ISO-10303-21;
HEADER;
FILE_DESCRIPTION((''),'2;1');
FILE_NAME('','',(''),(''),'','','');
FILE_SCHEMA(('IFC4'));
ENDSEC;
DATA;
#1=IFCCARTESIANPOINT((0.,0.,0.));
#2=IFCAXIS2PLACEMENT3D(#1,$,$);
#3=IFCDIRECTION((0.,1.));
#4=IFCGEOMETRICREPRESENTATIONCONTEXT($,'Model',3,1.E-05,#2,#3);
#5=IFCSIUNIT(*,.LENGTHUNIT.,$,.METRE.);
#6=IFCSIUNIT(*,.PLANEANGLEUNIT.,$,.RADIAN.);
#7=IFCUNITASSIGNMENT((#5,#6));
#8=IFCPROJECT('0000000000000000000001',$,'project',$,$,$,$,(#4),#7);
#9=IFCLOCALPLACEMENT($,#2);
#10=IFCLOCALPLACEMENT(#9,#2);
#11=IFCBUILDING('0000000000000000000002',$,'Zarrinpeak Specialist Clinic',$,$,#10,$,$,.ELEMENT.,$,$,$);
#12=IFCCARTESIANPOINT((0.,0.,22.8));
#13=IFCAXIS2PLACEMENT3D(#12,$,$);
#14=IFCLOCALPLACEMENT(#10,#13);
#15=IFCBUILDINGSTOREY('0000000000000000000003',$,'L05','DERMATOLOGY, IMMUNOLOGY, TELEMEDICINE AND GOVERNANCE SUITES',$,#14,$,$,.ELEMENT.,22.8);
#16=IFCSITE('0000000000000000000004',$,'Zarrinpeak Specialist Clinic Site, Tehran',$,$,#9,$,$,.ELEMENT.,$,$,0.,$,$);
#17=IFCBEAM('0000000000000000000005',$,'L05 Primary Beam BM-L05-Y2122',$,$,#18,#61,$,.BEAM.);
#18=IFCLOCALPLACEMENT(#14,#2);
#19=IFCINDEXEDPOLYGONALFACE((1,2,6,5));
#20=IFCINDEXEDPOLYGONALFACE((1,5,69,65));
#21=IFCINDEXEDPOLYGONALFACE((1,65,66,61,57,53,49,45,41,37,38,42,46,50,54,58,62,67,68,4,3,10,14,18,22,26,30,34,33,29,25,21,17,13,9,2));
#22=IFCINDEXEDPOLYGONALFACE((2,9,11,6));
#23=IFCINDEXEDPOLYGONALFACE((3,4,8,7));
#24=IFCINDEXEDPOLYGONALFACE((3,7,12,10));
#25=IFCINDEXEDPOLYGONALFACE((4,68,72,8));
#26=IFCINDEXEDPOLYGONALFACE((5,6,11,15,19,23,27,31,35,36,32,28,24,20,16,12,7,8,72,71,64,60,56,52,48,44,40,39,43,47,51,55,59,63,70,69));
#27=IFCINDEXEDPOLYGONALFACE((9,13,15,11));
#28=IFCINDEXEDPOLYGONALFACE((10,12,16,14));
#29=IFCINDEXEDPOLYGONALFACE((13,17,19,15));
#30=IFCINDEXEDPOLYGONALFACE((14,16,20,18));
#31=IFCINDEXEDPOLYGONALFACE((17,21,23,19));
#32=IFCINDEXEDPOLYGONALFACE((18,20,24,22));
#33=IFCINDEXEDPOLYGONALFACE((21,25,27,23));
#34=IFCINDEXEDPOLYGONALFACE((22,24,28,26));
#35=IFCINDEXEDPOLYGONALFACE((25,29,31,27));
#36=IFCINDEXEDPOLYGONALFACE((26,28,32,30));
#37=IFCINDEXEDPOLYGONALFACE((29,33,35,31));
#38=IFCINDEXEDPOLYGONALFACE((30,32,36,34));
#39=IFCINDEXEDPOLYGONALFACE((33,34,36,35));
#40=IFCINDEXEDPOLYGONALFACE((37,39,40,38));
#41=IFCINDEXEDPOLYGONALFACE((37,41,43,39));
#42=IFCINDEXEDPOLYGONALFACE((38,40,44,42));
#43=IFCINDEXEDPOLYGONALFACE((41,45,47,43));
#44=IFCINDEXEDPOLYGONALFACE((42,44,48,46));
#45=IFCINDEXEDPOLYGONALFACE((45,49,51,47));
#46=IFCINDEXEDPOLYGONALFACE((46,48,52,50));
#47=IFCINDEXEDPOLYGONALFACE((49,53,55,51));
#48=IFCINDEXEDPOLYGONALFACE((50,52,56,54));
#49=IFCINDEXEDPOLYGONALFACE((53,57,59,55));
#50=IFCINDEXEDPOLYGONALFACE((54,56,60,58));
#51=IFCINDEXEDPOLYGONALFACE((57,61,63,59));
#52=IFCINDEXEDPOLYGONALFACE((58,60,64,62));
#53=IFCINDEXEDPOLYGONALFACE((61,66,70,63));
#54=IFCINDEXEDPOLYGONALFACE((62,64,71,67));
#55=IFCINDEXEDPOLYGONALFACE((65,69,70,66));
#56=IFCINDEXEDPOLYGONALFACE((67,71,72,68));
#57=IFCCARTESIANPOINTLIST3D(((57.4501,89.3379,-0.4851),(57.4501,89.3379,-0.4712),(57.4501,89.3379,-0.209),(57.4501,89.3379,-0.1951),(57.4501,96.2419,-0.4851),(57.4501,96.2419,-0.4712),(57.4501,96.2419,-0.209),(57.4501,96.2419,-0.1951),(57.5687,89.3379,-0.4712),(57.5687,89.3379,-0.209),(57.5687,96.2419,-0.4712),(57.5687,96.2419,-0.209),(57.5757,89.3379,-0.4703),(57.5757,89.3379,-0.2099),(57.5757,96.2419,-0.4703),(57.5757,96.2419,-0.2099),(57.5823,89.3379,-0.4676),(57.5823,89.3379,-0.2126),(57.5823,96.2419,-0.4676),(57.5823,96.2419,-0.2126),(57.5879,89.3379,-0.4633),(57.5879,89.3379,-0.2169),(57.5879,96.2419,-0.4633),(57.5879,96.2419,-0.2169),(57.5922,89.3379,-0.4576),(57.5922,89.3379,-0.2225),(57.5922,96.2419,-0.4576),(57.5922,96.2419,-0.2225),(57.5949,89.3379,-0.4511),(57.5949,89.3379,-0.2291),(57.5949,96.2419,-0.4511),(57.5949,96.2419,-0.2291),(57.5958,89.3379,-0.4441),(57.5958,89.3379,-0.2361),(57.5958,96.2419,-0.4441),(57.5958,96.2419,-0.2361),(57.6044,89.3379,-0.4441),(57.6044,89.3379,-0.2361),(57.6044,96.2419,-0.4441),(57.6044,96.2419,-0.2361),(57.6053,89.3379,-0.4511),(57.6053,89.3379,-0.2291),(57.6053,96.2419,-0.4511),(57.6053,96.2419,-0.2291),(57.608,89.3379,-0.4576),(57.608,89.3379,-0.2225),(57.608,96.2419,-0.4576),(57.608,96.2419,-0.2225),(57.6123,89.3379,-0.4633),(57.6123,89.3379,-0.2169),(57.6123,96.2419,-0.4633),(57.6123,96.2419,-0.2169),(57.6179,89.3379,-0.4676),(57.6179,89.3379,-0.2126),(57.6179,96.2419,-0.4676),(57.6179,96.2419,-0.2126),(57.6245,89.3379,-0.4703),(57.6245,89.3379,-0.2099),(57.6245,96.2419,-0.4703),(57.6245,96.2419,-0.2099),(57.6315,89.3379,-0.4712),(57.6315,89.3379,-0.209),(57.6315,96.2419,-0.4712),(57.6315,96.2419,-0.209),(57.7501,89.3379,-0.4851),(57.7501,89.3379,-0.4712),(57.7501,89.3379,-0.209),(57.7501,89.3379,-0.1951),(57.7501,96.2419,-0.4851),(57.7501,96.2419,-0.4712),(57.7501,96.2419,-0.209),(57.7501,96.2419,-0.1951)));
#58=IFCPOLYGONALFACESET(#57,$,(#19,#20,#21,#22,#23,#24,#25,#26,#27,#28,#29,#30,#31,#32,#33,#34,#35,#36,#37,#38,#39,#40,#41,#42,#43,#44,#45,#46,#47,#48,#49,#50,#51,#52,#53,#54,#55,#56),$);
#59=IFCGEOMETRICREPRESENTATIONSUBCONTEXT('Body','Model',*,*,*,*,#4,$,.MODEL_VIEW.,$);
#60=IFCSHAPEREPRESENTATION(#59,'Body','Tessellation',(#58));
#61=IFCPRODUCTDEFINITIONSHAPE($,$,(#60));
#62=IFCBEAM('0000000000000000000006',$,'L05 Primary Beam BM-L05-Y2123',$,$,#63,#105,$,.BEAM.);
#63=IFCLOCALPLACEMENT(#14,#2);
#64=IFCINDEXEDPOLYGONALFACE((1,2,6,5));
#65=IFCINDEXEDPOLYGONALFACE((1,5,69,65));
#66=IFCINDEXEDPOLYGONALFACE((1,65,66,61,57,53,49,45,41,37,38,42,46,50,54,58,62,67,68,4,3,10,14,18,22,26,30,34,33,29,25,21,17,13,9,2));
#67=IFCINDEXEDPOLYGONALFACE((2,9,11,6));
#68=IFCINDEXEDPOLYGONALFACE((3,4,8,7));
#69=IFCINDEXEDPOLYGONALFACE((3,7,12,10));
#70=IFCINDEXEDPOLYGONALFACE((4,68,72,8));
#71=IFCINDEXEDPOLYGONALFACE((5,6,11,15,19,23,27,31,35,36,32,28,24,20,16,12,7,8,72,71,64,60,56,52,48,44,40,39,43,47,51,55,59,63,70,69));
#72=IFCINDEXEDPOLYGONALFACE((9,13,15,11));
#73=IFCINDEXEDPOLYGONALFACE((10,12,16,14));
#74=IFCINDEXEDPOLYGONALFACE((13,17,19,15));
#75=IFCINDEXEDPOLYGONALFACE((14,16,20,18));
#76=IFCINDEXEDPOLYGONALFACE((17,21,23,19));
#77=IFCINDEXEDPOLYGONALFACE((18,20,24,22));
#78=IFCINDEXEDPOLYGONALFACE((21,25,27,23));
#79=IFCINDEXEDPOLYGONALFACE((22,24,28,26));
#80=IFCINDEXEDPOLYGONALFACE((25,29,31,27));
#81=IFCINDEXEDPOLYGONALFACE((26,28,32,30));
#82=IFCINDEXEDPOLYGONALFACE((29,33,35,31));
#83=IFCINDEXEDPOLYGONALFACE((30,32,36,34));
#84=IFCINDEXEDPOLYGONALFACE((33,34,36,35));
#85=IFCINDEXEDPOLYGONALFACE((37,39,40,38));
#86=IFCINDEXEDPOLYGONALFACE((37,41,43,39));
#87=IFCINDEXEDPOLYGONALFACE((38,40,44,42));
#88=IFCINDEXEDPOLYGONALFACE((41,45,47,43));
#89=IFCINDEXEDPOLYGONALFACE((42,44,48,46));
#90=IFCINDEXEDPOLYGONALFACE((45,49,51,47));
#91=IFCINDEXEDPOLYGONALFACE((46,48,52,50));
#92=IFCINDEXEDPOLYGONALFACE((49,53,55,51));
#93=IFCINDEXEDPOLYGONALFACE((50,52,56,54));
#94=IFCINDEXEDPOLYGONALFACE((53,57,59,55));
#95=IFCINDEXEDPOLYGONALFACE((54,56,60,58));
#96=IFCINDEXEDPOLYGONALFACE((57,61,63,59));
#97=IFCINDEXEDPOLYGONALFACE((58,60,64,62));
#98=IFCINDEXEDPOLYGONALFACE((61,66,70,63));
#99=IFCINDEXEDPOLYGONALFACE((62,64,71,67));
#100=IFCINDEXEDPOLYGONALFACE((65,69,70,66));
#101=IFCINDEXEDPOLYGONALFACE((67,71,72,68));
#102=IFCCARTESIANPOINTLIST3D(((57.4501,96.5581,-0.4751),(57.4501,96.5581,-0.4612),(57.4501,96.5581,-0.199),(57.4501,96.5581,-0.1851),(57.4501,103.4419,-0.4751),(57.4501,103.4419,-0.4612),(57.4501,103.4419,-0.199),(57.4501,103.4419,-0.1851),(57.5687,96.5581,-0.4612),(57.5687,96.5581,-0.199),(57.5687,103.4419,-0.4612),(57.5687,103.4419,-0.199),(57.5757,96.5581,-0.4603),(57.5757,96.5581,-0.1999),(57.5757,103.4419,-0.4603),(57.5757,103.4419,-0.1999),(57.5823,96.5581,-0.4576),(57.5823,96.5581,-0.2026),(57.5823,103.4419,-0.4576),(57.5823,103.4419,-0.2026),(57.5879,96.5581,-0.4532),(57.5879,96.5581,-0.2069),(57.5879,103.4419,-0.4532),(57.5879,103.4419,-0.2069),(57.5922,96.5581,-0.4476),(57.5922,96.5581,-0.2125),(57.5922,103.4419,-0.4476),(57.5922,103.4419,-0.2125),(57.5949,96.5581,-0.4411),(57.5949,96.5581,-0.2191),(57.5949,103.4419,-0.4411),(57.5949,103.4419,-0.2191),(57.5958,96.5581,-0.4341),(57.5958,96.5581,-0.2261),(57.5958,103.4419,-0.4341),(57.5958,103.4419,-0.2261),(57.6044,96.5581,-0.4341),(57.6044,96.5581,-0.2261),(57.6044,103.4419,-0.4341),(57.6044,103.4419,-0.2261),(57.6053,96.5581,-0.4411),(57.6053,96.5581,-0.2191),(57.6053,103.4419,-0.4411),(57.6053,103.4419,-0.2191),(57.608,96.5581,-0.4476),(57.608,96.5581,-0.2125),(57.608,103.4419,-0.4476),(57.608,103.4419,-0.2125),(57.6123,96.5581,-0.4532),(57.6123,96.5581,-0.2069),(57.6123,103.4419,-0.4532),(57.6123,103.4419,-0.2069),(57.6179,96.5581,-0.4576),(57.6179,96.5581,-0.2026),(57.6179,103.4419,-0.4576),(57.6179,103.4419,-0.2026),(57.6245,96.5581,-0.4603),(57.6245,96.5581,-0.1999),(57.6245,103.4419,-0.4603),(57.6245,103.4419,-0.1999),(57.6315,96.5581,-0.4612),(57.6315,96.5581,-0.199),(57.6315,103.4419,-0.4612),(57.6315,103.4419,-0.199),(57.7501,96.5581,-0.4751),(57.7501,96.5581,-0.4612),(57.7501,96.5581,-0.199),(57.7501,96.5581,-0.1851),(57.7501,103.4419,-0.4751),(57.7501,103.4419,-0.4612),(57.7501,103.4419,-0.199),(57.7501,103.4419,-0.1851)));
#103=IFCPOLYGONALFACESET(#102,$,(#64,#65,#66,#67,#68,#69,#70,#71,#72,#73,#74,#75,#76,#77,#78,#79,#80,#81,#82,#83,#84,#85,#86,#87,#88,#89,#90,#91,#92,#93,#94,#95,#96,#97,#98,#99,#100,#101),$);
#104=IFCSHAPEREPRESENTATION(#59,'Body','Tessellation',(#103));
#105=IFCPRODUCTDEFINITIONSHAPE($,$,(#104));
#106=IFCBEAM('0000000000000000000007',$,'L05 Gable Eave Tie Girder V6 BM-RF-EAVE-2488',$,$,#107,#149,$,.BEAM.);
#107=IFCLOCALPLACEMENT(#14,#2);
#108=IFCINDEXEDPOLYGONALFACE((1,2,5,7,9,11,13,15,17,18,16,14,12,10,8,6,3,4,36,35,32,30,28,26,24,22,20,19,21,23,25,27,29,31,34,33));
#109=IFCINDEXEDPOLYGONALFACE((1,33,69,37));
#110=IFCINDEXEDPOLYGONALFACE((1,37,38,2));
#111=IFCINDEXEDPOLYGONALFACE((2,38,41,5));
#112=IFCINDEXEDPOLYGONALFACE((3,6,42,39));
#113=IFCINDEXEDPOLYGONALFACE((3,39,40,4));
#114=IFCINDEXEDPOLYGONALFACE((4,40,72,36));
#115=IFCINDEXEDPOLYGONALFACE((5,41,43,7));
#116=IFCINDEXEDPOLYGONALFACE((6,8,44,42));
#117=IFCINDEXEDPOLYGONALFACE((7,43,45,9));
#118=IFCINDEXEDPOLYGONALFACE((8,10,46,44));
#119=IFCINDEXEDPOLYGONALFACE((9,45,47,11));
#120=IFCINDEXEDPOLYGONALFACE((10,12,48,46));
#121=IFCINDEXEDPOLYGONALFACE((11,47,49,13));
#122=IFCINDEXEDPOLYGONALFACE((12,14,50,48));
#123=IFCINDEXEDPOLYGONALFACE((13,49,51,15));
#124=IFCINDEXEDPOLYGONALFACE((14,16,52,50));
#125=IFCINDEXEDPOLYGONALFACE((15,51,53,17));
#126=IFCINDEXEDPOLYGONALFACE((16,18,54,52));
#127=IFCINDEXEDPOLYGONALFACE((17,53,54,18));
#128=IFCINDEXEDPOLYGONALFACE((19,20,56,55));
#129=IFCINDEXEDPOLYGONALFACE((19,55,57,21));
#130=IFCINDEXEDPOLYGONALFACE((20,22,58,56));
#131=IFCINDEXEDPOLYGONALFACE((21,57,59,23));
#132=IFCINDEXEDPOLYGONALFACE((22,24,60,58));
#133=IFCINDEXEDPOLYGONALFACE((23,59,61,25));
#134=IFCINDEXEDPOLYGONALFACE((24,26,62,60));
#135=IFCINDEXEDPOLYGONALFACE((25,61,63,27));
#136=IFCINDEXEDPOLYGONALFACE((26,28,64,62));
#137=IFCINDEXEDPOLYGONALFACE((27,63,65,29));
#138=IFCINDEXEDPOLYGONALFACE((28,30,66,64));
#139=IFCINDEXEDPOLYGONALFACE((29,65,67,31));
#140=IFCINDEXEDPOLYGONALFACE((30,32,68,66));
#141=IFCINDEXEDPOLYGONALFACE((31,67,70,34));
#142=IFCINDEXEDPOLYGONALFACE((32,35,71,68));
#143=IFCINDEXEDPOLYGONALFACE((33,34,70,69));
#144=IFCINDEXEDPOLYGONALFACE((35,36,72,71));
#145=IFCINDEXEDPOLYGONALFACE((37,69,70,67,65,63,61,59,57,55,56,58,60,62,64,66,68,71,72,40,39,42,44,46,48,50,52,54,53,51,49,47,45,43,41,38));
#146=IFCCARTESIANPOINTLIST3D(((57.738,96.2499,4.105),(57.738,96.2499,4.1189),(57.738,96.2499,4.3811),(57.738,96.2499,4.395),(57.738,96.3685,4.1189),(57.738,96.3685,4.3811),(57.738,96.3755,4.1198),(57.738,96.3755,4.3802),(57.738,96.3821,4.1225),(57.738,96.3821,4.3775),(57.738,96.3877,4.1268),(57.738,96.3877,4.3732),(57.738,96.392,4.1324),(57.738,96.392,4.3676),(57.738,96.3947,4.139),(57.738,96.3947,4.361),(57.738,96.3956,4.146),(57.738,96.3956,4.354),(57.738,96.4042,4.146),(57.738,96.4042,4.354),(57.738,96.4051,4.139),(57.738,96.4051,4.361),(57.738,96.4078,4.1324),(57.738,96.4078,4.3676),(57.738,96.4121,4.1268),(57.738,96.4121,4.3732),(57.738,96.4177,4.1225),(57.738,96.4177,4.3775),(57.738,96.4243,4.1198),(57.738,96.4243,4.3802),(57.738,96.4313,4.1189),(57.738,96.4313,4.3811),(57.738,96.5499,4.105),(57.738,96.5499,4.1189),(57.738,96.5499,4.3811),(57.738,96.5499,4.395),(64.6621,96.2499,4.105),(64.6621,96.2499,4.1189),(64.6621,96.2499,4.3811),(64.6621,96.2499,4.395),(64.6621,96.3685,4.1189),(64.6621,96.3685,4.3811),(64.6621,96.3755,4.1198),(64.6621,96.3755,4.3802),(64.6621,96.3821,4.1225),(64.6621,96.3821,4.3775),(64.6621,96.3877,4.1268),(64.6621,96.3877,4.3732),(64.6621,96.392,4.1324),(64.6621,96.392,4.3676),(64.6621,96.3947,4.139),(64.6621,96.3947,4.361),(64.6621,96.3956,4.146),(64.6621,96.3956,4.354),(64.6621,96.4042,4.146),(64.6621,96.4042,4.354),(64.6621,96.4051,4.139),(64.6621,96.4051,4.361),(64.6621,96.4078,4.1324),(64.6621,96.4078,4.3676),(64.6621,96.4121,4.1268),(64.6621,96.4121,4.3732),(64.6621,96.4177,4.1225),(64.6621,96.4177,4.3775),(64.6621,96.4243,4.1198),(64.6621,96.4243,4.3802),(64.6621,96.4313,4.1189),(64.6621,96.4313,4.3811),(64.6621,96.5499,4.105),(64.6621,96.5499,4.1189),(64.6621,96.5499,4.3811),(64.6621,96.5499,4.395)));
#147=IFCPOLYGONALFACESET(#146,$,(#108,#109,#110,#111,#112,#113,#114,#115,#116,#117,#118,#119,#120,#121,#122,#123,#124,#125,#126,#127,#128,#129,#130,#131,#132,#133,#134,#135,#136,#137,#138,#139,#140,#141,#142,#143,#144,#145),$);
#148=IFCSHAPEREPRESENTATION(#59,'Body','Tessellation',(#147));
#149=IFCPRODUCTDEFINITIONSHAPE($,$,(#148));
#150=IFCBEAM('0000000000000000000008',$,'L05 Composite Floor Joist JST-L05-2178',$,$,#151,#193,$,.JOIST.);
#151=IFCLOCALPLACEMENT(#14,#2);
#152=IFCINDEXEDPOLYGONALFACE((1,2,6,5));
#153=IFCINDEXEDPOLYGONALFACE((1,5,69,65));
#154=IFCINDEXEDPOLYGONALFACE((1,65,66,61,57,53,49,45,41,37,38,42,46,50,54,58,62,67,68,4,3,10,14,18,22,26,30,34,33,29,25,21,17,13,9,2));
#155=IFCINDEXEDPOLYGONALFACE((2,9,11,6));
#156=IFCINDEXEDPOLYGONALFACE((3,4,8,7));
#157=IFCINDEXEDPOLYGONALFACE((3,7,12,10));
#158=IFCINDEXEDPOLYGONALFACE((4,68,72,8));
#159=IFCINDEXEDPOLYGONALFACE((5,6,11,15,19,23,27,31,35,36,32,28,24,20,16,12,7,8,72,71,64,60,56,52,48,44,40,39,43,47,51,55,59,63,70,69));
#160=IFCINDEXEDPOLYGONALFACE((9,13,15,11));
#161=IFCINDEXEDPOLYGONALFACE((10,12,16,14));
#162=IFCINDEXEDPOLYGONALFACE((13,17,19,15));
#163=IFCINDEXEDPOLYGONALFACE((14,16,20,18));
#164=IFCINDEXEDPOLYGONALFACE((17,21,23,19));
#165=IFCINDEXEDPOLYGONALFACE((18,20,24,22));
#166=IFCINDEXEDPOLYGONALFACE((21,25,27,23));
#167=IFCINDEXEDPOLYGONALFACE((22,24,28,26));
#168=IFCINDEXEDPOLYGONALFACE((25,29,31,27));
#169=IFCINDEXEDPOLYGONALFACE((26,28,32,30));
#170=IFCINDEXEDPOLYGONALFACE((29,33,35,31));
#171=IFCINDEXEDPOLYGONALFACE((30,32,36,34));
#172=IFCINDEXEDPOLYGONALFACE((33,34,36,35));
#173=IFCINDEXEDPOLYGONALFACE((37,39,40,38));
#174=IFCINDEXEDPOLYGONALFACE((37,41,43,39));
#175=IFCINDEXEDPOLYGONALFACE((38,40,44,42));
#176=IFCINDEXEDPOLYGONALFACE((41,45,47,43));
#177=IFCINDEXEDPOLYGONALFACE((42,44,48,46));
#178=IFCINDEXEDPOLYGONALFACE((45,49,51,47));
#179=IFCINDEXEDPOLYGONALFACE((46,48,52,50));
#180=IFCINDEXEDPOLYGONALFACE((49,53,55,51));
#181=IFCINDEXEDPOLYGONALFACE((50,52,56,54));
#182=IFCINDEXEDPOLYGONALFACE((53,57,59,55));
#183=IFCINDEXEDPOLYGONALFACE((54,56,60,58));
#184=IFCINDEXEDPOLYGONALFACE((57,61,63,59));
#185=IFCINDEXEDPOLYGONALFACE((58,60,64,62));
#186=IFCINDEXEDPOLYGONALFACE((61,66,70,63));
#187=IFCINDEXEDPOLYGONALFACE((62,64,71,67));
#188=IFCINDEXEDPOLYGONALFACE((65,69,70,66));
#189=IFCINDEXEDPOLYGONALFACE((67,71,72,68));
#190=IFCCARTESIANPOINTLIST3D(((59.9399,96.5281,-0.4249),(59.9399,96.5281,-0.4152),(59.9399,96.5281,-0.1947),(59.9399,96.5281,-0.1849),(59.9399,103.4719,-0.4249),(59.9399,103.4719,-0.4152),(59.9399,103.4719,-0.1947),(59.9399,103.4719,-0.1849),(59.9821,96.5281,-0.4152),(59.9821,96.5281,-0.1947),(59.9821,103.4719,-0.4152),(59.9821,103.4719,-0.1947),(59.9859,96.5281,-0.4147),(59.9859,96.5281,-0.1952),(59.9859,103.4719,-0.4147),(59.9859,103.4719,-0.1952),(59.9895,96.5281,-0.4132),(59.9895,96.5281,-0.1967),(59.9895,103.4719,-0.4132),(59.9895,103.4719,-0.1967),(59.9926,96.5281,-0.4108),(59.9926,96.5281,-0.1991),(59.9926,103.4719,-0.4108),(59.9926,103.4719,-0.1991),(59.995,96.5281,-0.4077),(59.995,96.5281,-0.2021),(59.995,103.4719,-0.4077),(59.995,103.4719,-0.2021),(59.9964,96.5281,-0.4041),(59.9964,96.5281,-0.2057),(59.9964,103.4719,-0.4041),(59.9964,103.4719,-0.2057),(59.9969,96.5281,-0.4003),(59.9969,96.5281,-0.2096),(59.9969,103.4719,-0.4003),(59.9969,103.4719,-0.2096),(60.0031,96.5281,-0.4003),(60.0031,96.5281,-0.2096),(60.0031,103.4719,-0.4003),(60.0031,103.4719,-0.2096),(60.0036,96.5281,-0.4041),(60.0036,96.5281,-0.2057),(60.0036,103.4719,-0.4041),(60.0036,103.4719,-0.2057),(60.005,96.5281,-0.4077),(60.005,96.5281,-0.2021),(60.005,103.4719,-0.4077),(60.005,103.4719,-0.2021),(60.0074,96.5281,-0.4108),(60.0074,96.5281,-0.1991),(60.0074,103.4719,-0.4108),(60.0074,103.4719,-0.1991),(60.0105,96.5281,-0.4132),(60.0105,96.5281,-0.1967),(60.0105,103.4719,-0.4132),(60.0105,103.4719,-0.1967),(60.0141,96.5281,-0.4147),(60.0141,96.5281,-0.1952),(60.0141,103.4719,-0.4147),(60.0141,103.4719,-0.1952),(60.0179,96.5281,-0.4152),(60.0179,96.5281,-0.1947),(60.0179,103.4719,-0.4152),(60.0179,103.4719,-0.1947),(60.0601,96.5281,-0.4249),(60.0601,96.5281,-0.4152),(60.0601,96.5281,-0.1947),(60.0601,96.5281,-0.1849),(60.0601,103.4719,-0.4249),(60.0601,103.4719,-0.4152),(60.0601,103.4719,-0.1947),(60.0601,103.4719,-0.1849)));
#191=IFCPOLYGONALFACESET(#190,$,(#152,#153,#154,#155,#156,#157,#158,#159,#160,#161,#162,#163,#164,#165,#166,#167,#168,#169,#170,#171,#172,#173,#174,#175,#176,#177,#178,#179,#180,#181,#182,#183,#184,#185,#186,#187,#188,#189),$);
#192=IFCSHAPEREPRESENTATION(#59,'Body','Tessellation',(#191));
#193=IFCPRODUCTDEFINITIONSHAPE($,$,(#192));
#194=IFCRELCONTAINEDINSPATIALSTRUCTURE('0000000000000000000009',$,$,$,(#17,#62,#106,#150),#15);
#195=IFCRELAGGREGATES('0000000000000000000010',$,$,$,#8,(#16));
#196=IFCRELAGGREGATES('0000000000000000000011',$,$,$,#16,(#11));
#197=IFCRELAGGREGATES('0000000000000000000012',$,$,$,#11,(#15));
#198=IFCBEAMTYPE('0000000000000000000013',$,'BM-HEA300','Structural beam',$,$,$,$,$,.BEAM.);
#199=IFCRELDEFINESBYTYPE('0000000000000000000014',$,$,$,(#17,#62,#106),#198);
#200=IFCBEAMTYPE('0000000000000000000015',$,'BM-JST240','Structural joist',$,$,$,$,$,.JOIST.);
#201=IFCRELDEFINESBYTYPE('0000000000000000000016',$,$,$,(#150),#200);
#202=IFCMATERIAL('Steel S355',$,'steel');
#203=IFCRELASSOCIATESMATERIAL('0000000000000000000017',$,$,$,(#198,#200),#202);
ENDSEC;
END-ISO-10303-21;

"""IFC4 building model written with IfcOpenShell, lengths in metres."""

from ifc_helpers import new_model, si_unit, direction, frame, origin, origin_2d, place, context, subcontext, project, spatial, i_section, extrude, material, material_profile, profile_set, type_object, element, save


model = new_model("IFC4")

# Units and contexts
model_context = context("Model", 3, precision=1e-05, world=origin(), true_north=direction((0.0, 1.0)))
body_context = subcontext(model_context, "Body", "Model", "MODEL_VIEW")
ifc_project = project(units=[si_unit("LENGTHUNIT", "METRE"), si_unit("PLANEANGLEUNIT", "RADIAN")], contexts=[model_context])

# Site, building, storey
site_placement = place(None, origin())
site = spatial("IfcSite", under=ifc_project, at=site_placement, Name="Zarrinpeak Specialist Clinic Site, Tehran", CompositionType="ELEMENT", RefElevation=0.0)
building_placement = place(site_placement, origin())
building = spatial("IfcBuilding", under=site, at=building_placement, Name="Zarrinpeak Specialist Clinic", CompositionType="ELEMENT")
storey_placement = place(building_placement, frame((0.0, 0.0, 22.8)))
storey = spatial("IfcBuildingStorey", under=building, at=storey_placement, Name="L05", Description="DERMATOLOGY, IMMUNOLOGY, TELEMEDICINE AND GOVERNANCE SUITES", CompositionType="ELEMENT", Elevation=22.8)

# Shared definitions
ifc_material_1 = material(Name="Steel S355", Category="steel")

# Beams
ifc_material_profile_1 = material_profile(ifc_material_1, i_section(OverallWidth=0.3, OverallDepth=0.29, WebThickness=0.0085, FlangeThickness=0.0139, FilletRadius=0.0271, at=origin_2d()), Name="HEA 300")
ifc_profile_set_1 = profile_set([ifc_material_profile_1], Name="Steel S355")
beam_type_1 = type_object("IfcBeamType", Name="BM-HEA300", Description="Structural beam", PredefinedType="BEAM", material=ifc_profile_set_1)
beam_1_placement = place(storey_placement, frame((57.6001, 89.3379, -0.3401), z_axis=(0.0, 1.0, 0.0), x_axis=(-1.0, 0.0, 0.0)))
element("IfcBeam", 1, at=beam_1_placement, inside=storey, type_object=beam_type_1, Name="L05 Primary Beam BM-L05-Y2122", PredefinedType="BEAM", context=body_context, shape_type="SweptSolid", body=[
    extrude(i_section(OverallWidth=0.3, OverallDepth=0.29, WebThickness=0.0085, FlangeThickness=0.0139, FilletRadius=0.0271, at=origin_2d()), origin(), (0.0, 0.0, 1.0), 6.9041),
])
beam_2_placement = place(storey_placement, frame((57.6001, 96.5581, -0.3301), z_axis=(0.0, 1.0, 0.0), x_axis=(-1.0, 0.0, 0.0)))
element("IfcBeam", 2, at=beam_2_placement, inside=storey, type_object=beam_type_1, Name="L05 Primary Beam BM-L05-Y2123", PredefinedType="BEAM", context=body_context, shape_type="SweptSolid", body=[
    extrude(i_section(OverallWidth=0.3, OverallDepth=0.29, WebThickness=0.0085, FlangeThickness=0.0139, FilletRadius=0.0271, at=origin_2d()), origin(), (0.0, 0.0, 1.0), 6.8838),
])
beam_3_placement = place(storey_placement, frame((57.738, 96.3999, 4.25), z_axis=(1.0, 0.0, 0.0), x_axis=(0.0, 1.0, 0.0)))
element("IfcBeam", 3, at=beam_3_placement, inside=storey, type_object=beam_type_1, Name="L05 Gable Eave Tie Girder V6 BM-RF-EAVE-2488", PredefinedType="BEAM", context=body_context, shape_type="SweptSolid", body=[
    extrude(i_section(OverallWidth=0.3, OverallDepth=0.29, WebThickness=0.0085, FlangeThickness=0.0139, FilletRadius=0.0271, at=origin_2d()), origin(), (0.0, 0.0, 1.0), 6.9241),
])
ifc_material_profile_2 = material_profile(ifc_material_1, i_section(OverallWidth=0.1201, OverallDepth=0.24, WebThickness=0.0061, FlangeThickness=0.0098, FilletRadius=0.0149, at=origin_2d()), Name="IPE 240")
ifc_profile_set_2 = profile_set([ifc_material_profile_2], Name="Steel S355")
beam_type_2 = type_object("IfcBeamType", Name="BM-JST240", Description="Structural joist", PredefinedType="JOIST", material=ifc_profile_set_2)
for number, where, z_axis, x_axis, name in (
    (4, (60.0, 96.5281, -0.3049), (0.0, 1.0, 0.0), (-1.0, 0.0, 0.0), "L05 Composite Floor Joist JST-L05-2178"),
):
    element("IfcBeam", number, at=place(storey_placement, frame(where, z_axis=z_axis, x_axis=x_axis)), inside=storey, type_object=beam_type_2, Name=name, PredefinedType="JOIST", context=body_context, shape_type="SweptSolid", body=[
        extrude(i_section(OverallWidth=0.1201, OverallDepth=0.24, WebThickness=0.0061, FlangeThickness=0.0098, FilletRadius=0.0149, at=origin_2d()), origin(), (0.0, 0.0, 1.0), 6.9438),
    ])

save(model, "model.ifc")
